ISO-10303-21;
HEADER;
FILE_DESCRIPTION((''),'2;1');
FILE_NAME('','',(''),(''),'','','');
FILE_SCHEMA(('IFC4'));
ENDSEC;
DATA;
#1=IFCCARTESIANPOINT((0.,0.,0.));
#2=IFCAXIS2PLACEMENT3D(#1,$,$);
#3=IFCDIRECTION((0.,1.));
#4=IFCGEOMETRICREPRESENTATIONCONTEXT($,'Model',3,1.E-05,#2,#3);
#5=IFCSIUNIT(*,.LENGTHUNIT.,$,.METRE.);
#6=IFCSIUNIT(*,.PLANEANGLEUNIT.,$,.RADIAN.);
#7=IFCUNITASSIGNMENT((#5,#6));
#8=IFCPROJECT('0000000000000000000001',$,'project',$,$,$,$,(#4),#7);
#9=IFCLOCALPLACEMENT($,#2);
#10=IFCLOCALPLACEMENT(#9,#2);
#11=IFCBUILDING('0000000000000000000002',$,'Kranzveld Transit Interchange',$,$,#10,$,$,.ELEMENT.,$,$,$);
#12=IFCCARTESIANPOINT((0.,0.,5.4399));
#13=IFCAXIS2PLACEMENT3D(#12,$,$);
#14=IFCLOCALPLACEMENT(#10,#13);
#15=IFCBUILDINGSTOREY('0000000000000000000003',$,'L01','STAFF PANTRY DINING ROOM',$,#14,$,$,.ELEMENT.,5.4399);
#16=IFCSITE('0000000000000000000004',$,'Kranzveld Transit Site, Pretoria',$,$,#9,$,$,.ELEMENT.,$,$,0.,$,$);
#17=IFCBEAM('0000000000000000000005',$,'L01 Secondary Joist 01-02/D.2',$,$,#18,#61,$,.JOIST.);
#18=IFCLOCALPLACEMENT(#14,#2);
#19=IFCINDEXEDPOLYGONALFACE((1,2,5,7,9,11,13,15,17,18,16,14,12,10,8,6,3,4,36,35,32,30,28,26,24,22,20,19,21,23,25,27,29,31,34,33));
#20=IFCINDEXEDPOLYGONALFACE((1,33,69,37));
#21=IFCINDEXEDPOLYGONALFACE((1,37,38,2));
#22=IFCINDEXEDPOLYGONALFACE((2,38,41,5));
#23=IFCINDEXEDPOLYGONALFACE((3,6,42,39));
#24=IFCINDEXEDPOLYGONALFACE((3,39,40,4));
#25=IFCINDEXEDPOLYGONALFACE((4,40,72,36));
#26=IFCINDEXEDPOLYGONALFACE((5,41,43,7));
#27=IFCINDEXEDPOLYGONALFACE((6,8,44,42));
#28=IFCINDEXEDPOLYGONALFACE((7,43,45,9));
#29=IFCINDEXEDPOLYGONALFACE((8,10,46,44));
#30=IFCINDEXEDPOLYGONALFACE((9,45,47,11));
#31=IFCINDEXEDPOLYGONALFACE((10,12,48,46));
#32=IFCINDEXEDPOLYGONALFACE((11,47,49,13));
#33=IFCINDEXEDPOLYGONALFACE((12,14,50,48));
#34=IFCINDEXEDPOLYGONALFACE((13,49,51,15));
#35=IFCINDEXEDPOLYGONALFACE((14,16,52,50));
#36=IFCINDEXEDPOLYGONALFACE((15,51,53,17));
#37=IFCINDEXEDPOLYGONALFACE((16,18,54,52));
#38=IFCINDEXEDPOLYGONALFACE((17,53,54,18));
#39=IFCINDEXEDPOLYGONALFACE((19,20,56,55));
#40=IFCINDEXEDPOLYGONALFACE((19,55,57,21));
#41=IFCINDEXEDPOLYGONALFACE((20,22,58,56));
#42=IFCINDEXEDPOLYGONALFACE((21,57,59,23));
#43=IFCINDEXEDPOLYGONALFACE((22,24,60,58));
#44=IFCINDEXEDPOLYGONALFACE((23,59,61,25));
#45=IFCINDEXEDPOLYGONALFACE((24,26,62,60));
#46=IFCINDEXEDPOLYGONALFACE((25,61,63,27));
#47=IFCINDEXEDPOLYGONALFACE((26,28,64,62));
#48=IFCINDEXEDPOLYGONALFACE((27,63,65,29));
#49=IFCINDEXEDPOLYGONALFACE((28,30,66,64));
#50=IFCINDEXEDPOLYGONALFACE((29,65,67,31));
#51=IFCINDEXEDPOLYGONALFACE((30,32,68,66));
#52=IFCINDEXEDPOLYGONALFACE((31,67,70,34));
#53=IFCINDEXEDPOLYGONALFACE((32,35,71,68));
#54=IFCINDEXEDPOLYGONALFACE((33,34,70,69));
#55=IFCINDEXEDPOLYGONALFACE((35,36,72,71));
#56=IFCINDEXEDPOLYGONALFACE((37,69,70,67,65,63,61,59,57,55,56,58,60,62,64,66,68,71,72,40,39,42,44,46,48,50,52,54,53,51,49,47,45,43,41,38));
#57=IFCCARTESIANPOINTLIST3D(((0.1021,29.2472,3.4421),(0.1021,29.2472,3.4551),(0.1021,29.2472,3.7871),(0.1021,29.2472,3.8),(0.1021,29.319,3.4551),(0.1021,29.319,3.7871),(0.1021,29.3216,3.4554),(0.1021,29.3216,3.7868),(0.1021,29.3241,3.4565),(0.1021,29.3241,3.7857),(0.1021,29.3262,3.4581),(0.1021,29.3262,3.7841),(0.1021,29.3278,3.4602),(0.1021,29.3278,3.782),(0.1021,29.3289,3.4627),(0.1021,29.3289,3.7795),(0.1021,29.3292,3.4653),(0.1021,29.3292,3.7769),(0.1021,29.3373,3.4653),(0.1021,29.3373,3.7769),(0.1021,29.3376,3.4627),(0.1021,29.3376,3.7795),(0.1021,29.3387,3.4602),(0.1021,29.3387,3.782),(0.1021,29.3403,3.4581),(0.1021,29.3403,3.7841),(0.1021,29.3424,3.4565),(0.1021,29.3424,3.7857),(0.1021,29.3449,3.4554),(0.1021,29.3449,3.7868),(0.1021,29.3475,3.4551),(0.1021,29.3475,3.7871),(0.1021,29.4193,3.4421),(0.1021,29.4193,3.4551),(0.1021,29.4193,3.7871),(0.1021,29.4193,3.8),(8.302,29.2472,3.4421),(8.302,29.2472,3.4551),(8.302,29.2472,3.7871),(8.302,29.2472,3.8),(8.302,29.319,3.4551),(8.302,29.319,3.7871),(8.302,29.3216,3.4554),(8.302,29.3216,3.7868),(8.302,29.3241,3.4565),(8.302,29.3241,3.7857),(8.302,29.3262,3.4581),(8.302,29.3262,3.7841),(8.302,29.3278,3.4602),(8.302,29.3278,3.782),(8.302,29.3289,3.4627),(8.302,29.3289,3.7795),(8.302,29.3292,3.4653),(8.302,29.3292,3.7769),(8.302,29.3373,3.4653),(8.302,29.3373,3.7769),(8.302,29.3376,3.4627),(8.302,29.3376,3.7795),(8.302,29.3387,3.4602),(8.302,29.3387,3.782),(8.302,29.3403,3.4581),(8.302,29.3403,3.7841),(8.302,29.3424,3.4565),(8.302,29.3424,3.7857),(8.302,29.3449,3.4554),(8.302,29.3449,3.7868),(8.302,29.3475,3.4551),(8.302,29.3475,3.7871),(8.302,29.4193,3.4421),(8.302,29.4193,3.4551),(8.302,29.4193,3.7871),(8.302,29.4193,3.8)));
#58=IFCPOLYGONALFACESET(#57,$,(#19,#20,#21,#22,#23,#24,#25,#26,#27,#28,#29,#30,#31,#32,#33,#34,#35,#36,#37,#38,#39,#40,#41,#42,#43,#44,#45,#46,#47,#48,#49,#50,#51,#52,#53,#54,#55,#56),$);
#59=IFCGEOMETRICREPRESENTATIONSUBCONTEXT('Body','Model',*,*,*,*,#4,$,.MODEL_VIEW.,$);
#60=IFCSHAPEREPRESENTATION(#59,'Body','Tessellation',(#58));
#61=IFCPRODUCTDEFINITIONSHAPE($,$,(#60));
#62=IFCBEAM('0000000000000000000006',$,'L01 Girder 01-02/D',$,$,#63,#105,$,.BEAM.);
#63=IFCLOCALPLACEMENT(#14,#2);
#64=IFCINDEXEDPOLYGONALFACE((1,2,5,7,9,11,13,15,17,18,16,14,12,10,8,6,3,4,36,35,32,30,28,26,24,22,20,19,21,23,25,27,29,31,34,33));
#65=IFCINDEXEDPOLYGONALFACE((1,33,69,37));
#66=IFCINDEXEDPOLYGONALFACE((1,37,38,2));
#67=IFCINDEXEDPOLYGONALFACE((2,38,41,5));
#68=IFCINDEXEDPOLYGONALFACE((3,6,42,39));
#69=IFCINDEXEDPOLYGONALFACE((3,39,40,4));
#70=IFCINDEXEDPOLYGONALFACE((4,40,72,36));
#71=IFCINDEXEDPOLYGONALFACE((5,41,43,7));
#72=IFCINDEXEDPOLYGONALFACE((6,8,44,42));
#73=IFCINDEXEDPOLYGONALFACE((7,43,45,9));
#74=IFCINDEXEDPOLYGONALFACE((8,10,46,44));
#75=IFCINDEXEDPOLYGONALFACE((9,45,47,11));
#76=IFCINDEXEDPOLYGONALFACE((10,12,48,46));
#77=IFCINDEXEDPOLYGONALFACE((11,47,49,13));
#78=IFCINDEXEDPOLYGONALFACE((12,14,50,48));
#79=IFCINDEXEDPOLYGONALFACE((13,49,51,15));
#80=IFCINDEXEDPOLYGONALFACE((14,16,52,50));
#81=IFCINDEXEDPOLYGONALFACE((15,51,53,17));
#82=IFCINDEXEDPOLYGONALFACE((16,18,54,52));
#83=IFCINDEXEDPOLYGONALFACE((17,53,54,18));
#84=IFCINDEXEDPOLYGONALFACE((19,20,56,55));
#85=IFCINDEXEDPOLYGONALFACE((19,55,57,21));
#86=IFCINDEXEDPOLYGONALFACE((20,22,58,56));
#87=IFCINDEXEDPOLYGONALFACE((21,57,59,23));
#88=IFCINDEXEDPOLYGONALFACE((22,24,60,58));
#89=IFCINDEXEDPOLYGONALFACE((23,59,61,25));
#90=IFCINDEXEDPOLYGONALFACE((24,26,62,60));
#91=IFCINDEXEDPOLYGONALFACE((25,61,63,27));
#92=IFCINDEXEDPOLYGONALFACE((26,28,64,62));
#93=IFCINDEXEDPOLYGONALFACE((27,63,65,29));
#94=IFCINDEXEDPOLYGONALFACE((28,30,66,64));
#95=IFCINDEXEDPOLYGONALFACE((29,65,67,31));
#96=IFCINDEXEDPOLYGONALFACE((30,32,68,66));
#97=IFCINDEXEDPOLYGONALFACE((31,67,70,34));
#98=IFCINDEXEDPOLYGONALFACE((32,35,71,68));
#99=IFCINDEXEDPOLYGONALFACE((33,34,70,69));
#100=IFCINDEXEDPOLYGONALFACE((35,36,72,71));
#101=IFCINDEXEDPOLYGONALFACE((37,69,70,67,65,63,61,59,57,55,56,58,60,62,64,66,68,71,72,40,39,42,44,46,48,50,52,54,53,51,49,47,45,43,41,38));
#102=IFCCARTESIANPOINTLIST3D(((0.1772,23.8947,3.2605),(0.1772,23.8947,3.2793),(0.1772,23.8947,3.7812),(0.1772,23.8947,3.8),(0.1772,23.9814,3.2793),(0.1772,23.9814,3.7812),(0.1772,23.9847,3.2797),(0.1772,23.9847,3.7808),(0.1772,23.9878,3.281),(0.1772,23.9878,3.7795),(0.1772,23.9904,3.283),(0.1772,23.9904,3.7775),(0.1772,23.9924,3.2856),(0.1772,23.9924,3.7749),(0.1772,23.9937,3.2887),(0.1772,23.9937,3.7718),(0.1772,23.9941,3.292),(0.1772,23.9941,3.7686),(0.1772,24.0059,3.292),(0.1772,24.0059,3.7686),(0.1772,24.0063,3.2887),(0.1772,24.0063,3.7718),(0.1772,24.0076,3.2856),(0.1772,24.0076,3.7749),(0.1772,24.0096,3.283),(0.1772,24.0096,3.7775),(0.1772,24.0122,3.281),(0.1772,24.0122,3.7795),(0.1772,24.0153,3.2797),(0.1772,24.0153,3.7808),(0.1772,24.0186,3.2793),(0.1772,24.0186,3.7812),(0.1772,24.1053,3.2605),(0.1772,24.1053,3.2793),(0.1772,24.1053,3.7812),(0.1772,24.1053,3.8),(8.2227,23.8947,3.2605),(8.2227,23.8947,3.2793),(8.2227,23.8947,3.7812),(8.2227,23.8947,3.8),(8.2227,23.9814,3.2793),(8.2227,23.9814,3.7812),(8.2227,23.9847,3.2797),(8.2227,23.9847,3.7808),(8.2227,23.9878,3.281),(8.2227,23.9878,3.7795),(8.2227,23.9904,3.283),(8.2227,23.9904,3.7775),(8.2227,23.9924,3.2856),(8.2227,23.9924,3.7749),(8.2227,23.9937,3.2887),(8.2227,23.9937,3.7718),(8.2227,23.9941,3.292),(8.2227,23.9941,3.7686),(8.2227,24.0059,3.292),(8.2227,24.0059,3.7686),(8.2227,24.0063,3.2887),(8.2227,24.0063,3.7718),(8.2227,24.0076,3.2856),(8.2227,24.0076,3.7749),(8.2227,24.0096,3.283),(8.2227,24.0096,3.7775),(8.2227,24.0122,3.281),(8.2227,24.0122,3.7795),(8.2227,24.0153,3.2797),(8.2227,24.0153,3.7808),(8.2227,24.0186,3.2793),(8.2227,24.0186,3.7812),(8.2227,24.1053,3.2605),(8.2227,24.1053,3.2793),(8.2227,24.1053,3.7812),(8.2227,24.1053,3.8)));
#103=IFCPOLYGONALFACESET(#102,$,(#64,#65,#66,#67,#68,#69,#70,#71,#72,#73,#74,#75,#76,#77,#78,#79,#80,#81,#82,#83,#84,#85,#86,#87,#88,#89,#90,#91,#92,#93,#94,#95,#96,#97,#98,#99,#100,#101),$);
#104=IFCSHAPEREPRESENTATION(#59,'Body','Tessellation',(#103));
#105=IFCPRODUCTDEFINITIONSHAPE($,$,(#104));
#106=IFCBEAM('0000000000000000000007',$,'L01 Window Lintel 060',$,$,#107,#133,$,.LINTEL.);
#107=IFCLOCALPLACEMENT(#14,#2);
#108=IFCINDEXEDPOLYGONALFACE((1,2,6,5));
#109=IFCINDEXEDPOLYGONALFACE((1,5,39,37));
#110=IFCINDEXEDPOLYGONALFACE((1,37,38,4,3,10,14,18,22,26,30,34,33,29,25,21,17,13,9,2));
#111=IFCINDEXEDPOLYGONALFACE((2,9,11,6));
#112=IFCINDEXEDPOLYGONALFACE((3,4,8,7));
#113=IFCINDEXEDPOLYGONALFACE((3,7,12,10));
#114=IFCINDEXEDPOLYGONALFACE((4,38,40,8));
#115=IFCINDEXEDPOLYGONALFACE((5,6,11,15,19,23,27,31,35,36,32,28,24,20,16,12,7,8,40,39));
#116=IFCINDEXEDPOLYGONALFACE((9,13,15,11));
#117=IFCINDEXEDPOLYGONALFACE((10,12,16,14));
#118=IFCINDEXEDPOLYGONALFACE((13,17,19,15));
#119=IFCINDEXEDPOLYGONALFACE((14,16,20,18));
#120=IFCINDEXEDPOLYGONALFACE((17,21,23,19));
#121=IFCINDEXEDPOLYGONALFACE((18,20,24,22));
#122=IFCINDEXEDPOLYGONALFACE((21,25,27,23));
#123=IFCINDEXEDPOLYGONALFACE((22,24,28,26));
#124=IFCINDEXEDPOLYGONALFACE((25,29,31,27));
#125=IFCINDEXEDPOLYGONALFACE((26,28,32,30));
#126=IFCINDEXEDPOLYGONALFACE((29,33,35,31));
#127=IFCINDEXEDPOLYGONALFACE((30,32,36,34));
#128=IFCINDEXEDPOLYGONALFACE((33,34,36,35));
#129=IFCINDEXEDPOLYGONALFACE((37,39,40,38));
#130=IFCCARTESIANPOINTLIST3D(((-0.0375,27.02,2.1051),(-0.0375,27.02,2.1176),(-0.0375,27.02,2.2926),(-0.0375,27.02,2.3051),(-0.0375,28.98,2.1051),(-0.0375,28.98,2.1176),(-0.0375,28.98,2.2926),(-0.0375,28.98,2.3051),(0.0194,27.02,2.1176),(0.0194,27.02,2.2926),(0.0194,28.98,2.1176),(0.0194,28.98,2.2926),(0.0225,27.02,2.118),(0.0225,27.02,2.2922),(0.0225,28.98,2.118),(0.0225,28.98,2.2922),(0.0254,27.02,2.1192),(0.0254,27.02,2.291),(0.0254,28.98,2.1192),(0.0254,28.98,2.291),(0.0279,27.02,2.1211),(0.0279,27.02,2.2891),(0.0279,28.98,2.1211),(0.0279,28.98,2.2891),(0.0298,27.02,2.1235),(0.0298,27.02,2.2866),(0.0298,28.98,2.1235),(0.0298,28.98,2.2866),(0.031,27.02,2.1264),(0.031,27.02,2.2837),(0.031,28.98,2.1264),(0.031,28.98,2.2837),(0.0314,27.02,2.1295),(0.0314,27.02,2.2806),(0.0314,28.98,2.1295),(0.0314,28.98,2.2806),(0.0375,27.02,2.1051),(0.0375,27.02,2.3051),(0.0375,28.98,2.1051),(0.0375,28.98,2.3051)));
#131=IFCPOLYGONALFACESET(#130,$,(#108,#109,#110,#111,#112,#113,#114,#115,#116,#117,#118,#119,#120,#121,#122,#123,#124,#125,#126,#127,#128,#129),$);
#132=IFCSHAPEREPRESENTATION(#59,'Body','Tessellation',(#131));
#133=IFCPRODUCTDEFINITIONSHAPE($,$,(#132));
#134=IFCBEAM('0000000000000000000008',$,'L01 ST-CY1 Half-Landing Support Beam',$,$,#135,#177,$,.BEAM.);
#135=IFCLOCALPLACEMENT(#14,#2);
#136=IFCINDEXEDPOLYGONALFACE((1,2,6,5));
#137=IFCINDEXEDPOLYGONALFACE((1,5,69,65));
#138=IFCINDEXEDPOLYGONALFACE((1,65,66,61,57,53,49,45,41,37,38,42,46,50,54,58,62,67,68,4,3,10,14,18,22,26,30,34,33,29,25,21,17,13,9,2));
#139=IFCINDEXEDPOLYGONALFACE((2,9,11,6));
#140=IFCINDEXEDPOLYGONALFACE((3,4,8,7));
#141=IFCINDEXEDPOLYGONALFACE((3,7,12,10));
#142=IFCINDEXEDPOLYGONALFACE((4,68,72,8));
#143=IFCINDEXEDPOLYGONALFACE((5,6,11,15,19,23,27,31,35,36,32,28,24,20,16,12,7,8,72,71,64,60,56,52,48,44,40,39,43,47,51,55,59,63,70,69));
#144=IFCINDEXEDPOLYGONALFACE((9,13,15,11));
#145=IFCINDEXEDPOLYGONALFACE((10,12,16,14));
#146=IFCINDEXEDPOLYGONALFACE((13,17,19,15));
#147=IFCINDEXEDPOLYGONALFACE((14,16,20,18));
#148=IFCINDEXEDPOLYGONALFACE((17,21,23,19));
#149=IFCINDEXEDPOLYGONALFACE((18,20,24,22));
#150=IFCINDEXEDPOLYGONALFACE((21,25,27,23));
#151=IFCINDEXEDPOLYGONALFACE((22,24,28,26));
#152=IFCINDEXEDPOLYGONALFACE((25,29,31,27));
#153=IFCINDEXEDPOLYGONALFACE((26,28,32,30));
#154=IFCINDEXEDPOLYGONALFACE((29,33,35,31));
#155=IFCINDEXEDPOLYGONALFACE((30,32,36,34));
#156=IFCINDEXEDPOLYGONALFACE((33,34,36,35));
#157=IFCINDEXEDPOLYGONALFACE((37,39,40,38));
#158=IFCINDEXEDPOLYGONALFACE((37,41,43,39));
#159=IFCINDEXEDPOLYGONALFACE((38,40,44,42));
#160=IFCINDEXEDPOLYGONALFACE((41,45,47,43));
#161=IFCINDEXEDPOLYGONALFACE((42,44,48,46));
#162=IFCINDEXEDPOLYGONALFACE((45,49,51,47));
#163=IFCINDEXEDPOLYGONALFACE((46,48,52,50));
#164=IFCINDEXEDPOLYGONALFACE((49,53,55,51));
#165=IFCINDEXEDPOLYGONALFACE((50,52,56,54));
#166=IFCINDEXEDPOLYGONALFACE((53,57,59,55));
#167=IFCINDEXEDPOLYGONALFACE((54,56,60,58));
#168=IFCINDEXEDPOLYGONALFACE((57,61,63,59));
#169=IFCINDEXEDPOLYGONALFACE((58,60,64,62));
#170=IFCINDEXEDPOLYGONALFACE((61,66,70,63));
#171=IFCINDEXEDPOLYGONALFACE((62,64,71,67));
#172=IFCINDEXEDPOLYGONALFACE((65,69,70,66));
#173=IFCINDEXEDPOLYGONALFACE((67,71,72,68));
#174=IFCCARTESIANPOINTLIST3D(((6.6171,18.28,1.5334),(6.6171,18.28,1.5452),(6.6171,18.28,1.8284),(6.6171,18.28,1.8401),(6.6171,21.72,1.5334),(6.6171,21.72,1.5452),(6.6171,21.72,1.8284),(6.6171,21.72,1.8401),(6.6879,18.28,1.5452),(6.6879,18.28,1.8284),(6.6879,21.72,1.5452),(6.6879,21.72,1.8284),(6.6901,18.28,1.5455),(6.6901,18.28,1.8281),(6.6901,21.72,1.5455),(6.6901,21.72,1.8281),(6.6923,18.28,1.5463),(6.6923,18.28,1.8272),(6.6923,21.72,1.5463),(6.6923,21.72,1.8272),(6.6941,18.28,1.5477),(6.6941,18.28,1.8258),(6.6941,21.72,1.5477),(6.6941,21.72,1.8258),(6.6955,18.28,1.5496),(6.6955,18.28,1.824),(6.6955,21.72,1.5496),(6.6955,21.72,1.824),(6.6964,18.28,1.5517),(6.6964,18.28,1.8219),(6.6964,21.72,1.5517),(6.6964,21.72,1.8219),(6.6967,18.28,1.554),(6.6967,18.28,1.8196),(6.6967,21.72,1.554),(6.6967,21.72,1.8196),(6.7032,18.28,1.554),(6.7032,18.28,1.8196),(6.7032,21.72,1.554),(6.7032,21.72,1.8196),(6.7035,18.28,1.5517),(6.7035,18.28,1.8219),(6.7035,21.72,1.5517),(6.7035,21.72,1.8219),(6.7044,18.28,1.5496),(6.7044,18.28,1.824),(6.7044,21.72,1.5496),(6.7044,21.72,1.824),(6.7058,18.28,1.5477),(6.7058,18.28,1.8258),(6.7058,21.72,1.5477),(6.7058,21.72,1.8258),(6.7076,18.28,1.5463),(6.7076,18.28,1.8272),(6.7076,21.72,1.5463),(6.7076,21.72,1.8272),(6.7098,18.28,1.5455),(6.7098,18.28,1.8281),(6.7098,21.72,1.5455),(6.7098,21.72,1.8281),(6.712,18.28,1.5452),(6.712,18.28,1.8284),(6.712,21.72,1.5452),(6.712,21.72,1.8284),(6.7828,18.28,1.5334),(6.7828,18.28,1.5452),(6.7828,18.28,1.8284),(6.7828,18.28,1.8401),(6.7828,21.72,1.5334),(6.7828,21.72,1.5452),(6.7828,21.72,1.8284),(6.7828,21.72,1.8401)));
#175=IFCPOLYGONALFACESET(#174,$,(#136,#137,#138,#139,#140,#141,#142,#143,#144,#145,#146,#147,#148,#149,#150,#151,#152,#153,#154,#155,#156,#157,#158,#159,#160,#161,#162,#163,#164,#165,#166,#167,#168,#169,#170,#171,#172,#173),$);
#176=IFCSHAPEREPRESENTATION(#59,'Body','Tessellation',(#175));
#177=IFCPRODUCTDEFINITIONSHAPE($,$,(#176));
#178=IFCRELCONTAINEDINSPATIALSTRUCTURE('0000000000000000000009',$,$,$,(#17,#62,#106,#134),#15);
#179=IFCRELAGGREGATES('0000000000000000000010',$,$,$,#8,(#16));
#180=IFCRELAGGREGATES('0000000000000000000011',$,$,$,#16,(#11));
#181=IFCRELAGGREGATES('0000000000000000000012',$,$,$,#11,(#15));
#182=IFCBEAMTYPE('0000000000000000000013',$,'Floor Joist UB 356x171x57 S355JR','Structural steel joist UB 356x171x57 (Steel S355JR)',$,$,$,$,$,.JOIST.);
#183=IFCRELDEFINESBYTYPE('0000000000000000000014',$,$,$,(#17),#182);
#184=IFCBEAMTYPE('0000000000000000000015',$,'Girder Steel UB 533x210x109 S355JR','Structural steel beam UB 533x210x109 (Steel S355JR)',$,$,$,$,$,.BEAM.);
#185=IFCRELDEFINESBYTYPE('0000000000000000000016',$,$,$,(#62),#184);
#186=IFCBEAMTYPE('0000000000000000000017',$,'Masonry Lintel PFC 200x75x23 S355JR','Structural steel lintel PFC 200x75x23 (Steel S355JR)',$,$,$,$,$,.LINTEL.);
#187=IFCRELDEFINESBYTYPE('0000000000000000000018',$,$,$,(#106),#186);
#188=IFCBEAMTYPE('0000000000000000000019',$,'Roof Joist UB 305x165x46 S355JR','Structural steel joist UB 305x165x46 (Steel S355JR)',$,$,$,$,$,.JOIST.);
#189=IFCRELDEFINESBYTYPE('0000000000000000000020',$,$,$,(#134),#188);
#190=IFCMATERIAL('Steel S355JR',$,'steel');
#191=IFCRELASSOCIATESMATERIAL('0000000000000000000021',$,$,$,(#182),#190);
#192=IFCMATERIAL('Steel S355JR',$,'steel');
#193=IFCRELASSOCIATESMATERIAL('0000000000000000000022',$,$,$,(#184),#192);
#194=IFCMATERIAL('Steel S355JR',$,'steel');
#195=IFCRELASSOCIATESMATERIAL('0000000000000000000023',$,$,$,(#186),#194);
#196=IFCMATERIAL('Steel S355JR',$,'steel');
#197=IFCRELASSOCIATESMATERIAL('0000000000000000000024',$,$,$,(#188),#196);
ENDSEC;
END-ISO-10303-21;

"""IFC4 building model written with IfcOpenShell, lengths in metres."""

from ifc_helpers import new_model, si_unit, direction, frame, origin, origin_2d, place, context, subcontext, project, spatial, i_section, u_section, extrude, material, material_profile, profile_set, type_object, element, save


model = new_model("IFC4")

# Units and contexts
model_context = context("Model", 3, precision=1e-05, world=origin(), true_north=direction((0.0, 1.0)))
body_context = subcontext(model_context, "Body", "Model", "MODEL_VIEW")
ifc_project = project(units=[si_unit("LENGTHUNIT", "METRE"), si_unit("PLANEANGLEUNIT", "RADIAN")], contexts=[model_context])

# Site, building, storey
site_placement = place(None, origin())
site = spatial("IfcSite", under=ifc_project, at=site_placement, Name="Kranzveld Transit Site, Pretoria", CompositionType="ELEMENT", RefElevation=0.0)
building_placement = place(site_placement, origin())
building = spatial("IfcBuilding", under=site, at=building_placement, Name="Kranzveld Transit Interchange", CompositionType="ELEMENT")
storey_placement = place(building_placement, frame((0.0, 0.0, 5.4399)))
storey = spatial("IfcBuildingStorey", under=building, at=storey_placement, Name="L01", Description="STAFF PANTRY DINING ROOM", CompositionType="ELEMENT", Elevation=5.4399)

# Beams
ifc_material_1 = material(Name="Steel S355JR", Category="steel")
ifc_material_profile_1 = material_profile(ifc_material_1, i_section(OverallWidth=0.1721, OverallDepth=0.3579, WebThickness=0.0081, FlangeThickness=0.0129, FilletRadius=0.0103, at=origin_2d()), Name="UB 356x171x57")
ifc_profile_set_1 = profile_set([ifc_material_profile_1], Name="Steel S355JR")
beam_type_1 = type_object("IfcBeamType", Name="Floor Joist UB 356x171x57 S355JR", Description="Structural steel joist UB 356x171x57 (Steel S355JR)", PredefinedType="JOIST", material=ifc_profile_set_1)
for number, where, z_axis, x_axis, name in (
    (1, (0.1021, 29.3333, 3.6211), (1.0, 0.0, 0.0), (0.0, 1.0, 0.0), "L01 Secondary Joist 01-02/D.2"),
):
    element("IfcBeam", number, at=place(storey_placement, frame(where, z_axis=z_axis, x_axis=x_axis)), inside=storey, type_object=beam_type_1, Name=name, PredefinedType="JOIST", context=body_context, shape_type="SweptSolid", body=[
        extrude(i_section(OverallWidth=0.1721, OverallDepth=0.3579, WebThickness=0.0081, FlangeThickness=0.0129, FilletRadius=0.0103, at=origin_2d()), origin(), (0.0, 0.0, 1.0), 8.2),
    ])
ifc_material_2 = material(Name="Steel S355JR", Category="steel")
ifc_material_profile_2 = material_profile(ifc_material_2, i_section(OverallWidth=0.2107, OverallDepth=0.5396, WebThickness=0.0117, FlangeThickness=0.0188, FilletRadius=0.0127, at=origin_2d()), Name="UB 533x210x109")
ifc_profile_set_2 = profile_set([ifc_material_profile_2], Name="Steel S355JR")
beam_type_2 = type_object("IfcBeamType", Name="Girder Steel UB 533x210x109 S355JR", Description="Structural steel beam UB 533x210x109 (Steel S355JR)", PredefinedType="BEAM", material=ifc_profile_set_2)
beam_1_placement = place(storey_placement, frame((0.1772, 24.0, 3.5303), z_axis=(1.0, 0.0, 0.0), x_axis=(0.0, 1.0, 0.0)))
element("IfcBeam", 2, at=beam_1_placement, inside=storey, type_object=beam_type_2, Name="L01 Girder 01-02/D", PredefinedType="BEAM", context=body_context, shape_type="SweptSolid", body=[
    extrude(i_section(OverallWidth=0.2107, OverallDepth=0.5396, WebThickness=0.0117, FlangeThickness=0.0188, FilletRadius=0.0127, at=origin_2d()), origin(), (0.0, 0.0, 1.0), 8.0454),
])
ifc_material_3 = material(Name="Steel S355JR", Category="steel")
ifc_material_profile_3 = material_profile(ifc_material_3, u_section(Depth=0.2, FlangeWidth=0.075, WebThickness=0.0061, FlangeThickness=0.0125, FilletRadius=0.012, at=origin_2d()), Name="PFC 200x75x23")
ifc_profile_set_3 = profile_set([ifc_material_profile_3], Name="Steel S355JR")
beam_type_3 = type_object("IfcBeamType", Name="Masonry Lintel PFC 200x75x23 S355JR", Description="Structural steel lintel PFC 200x75x23 (Steel S355JR)", PredefinedType="LINTEL", material=ifc_profile_set_3)
beam_2_placement = place(storey_placement, frame((0.0, 27.02, 2.2051), z_axis=(0.0, 1.0, 0.0), x_axis=(-1.0, 0.0, 0.0)))
element("IfcBeam", 3, at=beam_2_placement, inside=storey, type_object=beam_type_3, Name="L01 Window Lintel 060", PredefinedType="LINTEL", context=body_context, shape_type="SweptSolid", body=[
    extrude(u_section(Depth=0.2, FlangeWidth=0.075, WebThickness=0.0061, FlangeThickness=0.0125, FilletRadius=0.012, at=origin_2d()), origin(), (0.0, 0.0, 1.0), 1.96),
])
ifc_material_4 = material(Name="Steel S355JR", Category="steel")
ifc_material_profile_4 = material_profile(ifc_material_4, i_section(OverallWidth=0.1658, OverallDepth=0.3066, WebThickness=0.0066, FlangeThickness=0.0117, FilletRadius=0.0088, at=origin_2d()), Name="UB 305x165x46")
ifc_profile_set_4 = profile_set([ifc_material_profile_4], Name="Steel S355JR")
beam_type_4 = type_object("IfcBeamType", Name="Roof Joist UB 305x165x46 S355JR", Description="Structural steel joist UB 305x165x46 (Steel S355JR)", PredefinedType="JOIST", material=ifc_profile_set_4)
beam_3_placement = place(storey_placement, frame((6.7, 18.28, 1.6868), z_axis=(0.0, 1.0, 0.0), x_axis=(-1.0, 0.0, 0.0)))
element("IfcBeam", 4, at=beam_3_placement, inside=storey, type_object=beam_type_4, Name="L01 ST-CY1 Half-Landing Support Beam", PredefinedType="BEAM", context=body_context, shape_type="SweptSolid", body=[
    extrude(i_section(OverallWidth=0.1658, OverallDepth=0.3066, WebThickness=0.0066, FlangeThickness=0.0117, FilletRadius=0.0088, at=origin_2d()), origin(), (0.0, 0.0, 1.0), 3.4399),
])

save(model, "model.ifc")
